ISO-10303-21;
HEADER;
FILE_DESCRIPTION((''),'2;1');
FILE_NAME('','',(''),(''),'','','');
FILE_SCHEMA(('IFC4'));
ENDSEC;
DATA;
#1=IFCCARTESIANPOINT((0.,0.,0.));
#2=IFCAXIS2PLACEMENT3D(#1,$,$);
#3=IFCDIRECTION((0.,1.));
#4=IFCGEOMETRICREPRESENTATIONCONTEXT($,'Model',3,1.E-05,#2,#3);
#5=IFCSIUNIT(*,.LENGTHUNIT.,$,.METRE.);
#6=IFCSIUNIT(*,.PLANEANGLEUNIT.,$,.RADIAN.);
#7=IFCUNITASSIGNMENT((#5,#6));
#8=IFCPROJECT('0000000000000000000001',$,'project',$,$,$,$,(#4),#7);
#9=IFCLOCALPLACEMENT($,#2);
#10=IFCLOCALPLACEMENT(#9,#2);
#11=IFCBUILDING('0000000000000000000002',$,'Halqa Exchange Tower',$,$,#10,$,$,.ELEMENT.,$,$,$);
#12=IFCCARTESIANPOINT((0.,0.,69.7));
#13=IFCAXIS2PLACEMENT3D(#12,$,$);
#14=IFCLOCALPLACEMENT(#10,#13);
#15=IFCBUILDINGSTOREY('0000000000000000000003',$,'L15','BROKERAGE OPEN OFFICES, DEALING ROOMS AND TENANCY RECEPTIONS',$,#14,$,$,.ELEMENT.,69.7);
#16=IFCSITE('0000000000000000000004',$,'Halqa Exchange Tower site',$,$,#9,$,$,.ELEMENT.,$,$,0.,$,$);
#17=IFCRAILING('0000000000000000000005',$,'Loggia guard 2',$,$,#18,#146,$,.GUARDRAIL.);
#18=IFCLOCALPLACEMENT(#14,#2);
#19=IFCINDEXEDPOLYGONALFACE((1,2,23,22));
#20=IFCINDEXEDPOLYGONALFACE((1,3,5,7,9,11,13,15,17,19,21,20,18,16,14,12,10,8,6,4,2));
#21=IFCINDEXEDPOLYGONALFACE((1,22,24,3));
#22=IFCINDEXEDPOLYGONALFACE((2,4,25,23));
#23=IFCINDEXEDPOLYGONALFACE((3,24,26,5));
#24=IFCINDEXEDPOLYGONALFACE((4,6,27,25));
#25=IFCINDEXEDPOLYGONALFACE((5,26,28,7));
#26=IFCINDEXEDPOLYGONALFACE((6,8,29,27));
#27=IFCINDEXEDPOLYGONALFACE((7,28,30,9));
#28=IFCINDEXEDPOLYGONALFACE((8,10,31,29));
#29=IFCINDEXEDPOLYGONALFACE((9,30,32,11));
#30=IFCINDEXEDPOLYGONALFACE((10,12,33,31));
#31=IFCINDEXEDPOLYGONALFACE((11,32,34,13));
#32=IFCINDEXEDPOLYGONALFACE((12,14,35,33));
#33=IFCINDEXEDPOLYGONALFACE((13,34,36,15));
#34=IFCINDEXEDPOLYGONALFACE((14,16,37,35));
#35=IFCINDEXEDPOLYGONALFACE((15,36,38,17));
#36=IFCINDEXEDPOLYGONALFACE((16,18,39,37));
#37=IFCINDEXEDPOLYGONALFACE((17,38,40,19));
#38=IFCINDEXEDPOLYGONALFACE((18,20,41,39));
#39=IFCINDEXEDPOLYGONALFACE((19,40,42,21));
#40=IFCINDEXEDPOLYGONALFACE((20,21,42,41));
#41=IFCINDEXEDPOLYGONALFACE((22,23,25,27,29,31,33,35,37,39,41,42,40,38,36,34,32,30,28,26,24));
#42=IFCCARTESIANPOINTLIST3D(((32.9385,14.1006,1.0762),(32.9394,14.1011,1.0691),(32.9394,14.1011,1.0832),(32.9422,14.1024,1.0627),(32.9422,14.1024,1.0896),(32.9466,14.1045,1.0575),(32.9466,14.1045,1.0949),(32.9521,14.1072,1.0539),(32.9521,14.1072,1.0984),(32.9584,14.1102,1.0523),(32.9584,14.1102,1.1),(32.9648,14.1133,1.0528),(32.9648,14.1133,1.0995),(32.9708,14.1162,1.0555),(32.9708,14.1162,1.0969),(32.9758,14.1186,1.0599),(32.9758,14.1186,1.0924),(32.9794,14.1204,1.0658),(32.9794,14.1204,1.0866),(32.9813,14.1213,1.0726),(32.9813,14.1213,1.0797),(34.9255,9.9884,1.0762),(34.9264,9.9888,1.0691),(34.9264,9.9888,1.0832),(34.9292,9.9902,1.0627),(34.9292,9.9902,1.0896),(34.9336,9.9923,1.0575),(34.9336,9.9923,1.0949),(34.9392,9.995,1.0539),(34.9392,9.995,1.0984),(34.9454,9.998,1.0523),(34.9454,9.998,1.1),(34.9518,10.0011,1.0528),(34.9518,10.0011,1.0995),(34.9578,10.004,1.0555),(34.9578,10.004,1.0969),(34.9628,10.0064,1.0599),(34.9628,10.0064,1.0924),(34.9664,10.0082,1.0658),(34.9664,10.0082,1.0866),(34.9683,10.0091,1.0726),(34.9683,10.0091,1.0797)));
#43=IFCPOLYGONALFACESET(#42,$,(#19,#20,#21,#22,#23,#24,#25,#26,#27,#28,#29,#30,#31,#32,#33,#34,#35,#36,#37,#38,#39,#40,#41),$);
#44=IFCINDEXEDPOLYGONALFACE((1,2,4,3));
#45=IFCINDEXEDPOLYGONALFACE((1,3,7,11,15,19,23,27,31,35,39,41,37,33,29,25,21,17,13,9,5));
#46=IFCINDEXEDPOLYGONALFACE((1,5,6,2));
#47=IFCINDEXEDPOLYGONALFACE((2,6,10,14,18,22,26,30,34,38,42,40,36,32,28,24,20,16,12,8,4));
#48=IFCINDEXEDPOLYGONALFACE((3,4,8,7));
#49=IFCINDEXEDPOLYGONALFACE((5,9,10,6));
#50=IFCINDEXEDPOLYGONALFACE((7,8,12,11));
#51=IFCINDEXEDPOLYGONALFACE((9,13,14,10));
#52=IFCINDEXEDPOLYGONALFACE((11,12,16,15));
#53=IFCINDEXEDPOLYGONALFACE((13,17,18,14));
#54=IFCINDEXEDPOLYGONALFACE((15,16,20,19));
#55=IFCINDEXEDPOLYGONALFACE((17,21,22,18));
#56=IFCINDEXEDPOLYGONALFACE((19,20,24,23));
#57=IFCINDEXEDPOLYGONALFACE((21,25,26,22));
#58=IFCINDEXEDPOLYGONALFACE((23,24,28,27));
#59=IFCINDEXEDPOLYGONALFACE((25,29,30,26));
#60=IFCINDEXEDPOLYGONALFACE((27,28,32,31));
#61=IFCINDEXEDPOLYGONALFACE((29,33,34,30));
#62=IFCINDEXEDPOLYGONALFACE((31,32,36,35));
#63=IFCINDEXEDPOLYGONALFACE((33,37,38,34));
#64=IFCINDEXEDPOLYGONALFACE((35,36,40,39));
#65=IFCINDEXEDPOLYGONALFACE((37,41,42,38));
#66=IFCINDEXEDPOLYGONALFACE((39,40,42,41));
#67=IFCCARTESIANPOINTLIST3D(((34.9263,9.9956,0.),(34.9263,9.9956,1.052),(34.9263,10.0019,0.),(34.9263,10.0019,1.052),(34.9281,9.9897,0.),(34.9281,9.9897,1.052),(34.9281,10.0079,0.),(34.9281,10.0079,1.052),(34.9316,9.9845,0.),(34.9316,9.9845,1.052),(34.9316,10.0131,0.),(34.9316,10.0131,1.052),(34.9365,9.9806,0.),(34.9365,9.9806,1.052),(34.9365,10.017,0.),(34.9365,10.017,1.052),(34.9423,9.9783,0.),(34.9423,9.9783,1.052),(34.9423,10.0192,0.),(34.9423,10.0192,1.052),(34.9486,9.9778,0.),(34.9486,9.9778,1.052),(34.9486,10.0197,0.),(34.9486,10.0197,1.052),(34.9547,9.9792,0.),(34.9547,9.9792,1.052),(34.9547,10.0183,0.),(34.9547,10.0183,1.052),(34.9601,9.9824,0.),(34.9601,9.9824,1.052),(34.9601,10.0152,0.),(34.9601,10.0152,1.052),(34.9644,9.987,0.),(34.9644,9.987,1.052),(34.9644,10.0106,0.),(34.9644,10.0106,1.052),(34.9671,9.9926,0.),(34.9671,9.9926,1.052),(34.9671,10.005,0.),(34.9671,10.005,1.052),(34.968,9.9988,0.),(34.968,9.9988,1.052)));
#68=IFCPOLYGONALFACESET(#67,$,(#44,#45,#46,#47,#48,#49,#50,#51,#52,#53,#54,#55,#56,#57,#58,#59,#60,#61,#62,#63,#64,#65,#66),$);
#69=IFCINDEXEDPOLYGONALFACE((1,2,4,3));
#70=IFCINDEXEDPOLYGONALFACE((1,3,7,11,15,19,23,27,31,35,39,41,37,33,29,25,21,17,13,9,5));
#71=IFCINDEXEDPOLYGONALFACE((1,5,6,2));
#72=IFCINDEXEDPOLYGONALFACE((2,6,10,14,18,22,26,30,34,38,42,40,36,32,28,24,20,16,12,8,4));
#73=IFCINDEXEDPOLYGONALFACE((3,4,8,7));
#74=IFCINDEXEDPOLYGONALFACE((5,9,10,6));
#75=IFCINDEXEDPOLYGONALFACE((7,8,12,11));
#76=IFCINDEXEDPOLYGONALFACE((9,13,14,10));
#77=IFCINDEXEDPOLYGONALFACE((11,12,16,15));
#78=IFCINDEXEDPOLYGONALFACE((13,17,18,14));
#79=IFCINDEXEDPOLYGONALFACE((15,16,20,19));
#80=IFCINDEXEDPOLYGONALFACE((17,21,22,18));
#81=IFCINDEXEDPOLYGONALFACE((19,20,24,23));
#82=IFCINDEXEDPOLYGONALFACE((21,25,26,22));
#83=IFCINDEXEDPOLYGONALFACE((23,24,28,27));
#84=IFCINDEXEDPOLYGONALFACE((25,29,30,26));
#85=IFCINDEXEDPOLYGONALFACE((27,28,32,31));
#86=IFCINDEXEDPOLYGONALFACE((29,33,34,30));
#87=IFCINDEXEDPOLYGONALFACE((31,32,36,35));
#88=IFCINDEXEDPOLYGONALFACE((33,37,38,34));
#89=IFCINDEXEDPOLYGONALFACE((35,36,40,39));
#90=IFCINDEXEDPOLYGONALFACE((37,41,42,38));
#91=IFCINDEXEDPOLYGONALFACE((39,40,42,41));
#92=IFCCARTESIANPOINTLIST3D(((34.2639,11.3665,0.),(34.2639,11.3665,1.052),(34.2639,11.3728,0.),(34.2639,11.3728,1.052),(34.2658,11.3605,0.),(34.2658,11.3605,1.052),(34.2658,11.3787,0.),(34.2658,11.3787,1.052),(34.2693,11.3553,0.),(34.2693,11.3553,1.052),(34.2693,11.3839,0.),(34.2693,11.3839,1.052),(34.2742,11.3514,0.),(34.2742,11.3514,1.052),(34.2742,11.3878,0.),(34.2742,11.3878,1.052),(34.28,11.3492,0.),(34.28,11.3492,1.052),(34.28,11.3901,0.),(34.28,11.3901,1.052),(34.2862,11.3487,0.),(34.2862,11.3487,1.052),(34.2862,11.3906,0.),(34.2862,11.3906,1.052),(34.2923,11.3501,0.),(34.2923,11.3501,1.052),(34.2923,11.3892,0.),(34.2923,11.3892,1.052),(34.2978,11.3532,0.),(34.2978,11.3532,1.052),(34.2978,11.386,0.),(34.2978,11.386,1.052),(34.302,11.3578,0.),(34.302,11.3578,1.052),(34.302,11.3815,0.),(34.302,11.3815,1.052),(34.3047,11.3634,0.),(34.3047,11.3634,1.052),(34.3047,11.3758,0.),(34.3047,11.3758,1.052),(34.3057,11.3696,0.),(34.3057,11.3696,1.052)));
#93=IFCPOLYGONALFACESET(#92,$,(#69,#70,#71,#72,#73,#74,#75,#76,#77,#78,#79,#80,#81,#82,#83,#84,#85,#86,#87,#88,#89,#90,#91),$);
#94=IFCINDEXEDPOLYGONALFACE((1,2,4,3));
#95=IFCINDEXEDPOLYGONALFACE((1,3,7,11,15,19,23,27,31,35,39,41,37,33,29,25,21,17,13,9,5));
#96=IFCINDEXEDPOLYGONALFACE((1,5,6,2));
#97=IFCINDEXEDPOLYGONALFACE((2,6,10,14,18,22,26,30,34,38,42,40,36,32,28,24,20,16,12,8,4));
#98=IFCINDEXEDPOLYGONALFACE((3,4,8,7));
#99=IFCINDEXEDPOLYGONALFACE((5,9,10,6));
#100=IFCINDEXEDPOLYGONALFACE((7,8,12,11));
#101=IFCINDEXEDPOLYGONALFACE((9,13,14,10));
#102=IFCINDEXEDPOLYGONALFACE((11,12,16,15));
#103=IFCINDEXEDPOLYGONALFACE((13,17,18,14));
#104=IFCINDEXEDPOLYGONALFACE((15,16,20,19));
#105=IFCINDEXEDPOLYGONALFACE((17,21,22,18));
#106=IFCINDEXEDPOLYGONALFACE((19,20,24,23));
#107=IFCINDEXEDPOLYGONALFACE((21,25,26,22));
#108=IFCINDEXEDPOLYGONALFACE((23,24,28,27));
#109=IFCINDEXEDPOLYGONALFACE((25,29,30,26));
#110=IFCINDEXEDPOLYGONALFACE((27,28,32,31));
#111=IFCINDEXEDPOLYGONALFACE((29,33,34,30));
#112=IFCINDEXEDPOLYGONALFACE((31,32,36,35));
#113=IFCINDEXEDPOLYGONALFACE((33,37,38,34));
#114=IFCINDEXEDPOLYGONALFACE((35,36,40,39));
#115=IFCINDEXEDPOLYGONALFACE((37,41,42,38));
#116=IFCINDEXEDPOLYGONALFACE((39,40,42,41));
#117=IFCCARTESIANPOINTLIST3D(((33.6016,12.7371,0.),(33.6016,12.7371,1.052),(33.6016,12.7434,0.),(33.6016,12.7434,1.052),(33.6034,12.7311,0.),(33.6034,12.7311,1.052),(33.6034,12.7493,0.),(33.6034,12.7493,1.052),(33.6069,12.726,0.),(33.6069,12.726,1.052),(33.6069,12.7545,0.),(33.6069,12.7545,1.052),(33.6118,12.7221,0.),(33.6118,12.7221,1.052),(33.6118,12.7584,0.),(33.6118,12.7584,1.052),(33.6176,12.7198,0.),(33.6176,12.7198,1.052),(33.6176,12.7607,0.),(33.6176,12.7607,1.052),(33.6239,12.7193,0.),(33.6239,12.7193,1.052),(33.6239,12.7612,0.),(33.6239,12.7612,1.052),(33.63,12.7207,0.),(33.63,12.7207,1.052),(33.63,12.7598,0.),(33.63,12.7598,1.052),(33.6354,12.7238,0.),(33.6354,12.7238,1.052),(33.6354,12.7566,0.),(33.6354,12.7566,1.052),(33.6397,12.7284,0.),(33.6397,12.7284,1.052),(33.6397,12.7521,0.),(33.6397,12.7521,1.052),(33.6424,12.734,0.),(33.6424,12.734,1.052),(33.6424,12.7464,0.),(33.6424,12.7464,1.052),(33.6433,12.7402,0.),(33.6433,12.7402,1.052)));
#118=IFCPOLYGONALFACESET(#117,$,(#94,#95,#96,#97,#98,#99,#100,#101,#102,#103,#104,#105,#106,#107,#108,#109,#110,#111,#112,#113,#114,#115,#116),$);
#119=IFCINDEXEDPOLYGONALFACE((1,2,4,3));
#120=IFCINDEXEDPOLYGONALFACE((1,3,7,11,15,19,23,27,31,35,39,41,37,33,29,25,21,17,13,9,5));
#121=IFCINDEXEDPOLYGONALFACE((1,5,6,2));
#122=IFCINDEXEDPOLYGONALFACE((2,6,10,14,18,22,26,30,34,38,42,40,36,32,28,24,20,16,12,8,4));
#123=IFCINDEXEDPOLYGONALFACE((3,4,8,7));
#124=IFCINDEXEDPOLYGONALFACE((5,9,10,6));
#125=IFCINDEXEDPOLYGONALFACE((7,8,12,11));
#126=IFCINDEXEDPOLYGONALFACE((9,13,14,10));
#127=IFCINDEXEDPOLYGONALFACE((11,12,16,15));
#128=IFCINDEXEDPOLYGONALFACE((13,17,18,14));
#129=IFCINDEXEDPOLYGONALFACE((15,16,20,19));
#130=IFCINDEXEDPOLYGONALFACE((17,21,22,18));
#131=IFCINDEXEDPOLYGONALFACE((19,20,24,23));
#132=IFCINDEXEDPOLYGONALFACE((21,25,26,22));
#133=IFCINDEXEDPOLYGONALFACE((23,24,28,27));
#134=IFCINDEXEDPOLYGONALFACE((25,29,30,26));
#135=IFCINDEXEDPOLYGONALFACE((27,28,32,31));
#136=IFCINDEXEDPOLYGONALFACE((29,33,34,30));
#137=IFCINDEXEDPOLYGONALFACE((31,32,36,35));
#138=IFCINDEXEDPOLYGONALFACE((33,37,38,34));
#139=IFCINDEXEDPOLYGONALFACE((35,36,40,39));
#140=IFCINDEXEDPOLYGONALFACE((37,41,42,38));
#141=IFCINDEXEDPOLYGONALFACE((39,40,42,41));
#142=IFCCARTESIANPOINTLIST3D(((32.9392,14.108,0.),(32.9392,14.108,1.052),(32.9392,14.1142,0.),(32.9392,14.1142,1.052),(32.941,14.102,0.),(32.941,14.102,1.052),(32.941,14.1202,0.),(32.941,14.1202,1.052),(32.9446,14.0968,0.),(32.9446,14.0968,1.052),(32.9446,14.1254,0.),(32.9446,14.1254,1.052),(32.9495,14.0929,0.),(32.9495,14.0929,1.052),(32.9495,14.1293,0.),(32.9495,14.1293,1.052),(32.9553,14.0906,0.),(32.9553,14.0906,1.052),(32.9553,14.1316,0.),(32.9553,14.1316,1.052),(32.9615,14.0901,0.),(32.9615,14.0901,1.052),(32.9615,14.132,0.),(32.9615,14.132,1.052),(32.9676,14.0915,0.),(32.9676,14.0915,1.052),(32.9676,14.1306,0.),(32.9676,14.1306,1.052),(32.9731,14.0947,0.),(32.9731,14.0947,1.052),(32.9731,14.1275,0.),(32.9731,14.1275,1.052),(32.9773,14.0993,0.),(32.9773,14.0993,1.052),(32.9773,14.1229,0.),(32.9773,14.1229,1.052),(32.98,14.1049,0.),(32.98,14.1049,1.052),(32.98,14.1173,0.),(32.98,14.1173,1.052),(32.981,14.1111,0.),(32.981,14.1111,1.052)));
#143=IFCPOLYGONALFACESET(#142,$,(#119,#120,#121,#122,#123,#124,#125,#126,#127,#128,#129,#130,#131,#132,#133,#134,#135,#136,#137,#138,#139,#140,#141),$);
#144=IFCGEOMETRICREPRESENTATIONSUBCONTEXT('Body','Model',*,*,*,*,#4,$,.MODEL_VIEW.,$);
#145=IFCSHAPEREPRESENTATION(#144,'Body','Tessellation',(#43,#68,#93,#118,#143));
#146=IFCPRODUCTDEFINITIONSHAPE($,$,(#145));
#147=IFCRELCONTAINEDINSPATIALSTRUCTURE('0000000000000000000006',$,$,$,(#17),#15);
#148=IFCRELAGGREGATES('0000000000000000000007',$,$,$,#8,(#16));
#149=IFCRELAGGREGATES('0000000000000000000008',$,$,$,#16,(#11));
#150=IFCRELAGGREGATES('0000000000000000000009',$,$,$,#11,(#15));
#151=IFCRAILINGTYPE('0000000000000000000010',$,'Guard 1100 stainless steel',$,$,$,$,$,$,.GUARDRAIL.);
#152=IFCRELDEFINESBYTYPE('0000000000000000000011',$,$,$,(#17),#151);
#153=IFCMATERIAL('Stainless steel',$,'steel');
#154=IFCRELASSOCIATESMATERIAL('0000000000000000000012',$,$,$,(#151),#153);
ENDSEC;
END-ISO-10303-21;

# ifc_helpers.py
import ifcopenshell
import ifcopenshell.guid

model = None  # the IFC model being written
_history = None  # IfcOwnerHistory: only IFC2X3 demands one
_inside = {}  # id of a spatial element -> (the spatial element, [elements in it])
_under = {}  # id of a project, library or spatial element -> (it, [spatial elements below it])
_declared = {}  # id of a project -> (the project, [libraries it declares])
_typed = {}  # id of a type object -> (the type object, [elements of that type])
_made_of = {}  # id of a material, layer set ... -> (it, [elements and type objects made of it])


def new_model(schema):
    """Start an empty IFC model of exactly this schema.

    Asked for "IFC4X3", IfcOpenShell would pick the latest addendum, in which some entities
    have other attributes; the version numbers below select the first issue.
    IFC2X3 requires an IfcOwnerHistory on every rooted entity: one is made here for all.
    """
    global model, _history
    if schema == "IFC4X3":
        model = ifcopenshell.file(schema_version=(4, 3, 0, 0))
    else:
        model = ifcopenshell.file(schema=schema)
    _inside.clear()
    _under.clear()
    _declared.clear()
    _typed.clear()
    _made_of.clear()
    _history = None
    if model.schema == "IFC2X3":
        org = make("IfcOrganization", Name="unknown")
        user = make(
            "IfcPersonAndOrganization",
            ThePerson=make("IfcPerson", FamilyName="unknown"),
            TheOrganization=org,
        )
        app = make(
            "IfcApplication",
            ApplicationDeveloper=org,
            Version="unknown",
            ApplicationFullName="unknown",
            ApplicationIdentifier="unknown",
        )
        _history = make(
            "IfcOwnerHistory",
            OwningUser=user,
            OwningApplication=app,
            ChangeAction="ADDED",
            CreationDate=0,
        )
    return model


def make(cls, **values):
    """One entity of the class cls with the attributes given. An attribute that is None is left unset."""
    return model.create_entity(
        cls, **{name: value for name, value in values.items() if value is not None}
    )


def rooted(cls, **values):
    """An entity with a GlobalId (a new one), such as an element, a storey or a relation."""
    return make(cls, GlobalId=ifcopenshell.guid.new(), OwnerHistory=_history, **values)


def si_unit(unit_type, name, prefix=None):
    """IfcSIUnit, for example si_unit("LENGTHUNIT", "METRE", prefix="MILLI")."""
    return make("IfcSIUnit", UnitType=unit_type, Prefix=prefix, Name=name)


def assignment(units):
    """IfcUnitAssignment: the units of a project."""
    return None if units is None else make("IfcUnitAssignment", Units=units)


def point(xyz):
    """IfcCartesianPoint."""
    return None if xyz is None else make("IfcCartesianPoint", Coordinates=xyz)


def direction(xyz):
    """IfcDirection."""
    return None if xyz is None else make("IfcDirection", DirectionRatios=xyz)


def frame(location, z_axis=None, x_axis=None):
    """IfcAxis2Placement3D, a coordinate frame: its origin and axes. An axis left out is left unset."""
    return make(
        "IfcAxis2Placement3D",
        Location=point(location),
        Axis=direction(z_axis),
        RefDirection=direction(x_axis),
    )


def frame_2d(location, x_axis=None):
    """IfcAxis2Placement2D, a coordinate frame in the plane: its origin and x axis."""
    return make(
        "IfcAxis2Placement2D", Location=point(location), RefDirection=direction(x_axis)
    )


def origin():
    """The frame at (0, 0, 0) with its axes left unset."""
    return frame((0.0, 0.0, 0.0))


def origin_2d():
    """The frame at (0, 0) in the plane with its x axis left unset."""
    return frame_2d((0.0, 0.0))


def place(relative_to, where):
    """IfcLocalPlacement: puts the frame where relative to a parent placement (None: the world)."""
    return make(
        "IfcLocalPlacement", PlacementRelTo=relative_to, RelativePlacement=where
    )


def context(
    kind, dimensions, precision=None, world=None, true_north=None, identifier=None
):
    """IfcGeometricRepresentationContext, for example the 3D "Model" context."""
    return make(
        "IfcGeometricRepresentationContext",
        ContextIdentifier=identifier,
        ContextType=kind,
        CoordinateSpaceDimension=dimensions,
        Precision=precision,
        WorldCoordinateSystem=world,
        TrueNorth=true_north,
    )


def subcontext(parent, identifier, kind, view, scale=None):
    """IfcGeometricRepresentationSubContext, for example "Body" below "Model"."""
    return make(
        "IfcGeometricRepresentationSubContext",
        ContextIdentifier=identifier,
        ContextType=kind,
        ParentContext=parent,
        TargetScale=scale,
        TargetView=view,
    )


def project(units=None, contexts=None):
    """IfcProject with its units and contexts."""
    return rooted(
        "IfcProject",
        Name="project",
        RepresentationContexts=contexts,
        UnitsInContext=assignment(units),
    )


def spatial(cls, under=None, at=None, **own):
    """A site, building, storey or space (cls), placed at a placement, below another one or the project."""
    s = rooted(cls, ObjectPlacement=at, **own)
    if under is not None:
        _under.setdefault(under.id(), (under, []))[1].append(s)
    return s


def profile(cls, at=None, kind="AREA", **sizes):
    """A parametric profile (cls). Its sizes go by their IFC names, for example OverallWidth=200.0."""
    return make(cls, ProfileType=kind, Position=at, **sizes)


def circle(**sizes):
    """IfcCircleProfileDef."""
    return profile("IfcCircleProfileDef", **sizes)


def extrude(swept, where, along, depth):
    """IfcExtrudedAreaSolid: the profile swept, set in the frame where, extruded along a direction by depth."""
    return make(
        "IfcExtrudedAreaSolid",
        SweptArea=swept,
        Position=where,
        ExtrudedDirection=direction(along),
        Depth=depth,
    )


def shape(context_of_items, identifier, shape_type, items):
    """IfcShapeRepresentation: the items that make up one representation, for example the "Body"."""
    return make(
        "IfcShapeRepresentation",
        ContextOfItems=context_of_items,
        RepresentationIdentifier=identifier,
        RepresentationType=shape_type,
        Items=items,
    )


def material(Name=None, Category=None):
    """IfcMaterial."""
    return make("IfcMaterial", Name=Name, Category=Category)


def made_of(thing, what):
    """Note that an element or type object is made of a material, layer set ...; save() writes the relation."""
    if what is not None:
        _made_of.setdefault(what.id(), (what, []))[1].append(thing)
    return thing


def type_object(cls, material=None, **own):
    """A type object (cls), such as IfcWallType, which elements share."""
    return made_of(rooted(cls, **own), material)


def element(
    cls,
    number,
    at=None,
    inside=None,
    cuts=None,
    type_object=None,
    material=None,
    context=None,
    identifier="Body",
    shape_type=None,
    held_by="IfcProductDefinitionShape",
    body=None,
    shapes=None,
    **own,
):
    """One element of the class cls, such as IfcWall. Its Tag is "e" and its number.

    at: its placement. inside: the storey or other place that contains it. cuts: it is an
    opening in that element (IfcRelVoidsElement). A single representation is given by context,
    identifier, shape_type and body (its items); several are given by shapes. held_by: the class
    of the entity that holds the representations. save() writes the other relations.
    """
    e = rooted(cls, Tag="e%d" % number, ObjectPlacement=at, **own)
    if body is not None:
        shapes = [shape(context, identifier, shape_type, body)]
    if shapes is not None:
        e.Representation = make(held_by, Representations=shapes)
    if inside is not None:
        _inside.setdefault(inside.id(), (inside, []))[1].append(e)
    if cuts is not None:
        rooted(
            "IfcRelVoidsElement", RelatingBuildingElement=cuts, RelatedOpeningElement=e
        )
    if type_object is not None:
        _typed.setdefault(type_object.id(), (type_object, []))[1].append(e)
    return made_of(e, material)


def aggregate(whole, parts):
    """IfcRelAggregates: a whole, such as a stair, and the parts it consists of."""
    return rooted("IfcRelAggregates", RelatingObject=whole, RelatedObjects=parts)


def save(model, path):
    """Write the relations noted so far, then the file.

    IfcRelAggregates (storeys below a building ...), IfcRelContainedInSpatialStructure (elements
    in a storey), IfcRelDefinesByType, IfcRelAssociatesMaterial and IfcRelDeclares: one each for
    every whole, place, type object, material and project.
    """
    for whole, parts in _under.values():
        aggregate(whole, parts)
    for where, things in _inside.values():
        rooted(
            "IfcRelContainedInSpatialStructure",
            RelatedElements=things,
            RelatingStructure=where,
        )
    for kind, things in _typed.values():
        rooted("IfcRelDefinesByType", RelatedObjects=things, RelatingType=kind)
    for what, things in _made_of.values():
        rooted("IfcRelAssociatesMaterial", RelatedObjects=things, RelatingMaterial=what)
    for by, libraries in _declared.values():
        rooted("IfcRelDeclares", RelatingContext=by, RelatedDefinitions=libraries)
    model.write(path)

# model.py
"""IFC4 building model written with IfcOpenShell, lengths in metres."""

from ifc_helpers import new_model, si_unit, direction, frame, origin, origin_2d, place, context, subcontext, project, spatial, circle, extrude, material, type_object, element, save


model = new_model("IFC4")

# Units and contexts
model_context = context("Model", 3, precision=1e-05, world=origin(), true_north=direction((0.0, 1.0)))
body_context = subcontext(model_context, "Body", "Model", "MODEL_VIEW")
ifc_project = project(units=[si_unit("LENGTHUNIT", "METRE"), si_unit("PLANEANGLEUNIT", "RADIAN")], contexts=[model_context])

# Site, building, storey
site_placement = place(None, origin())
site = spatial("IfcSite", under=ifc_project, at=site_placement, Name="Halqa Exchange Tower site", CompositionType="ELEMENT", RefElevation=0.0)
building_placement = place(site_placement, origin())
building = spatial("IfcBuilding", under=site, at=building_placement, Name="Halqa Exchange Tower", CompositionType="ELEMENT")
storey_placement = place(building_placement, frame((0.0, 0.0, 69.7)))
storey = spatial("IfcBuildingStorey", under=building, at=storey_placement, Name="L15", Description="BROKERAGE OPEN OFFICES, DEALING ROOMS AND TENANCY RECEPTIONS", CompositionType="ELEMENT", Elevation=69.7)

# Railing
ifc_material_1 = material(Name="Stainless steel", Category="steel")
railing_type = type_object("IfcRailingType", Name="Guard 1100 stainless steel", PredefinedType="GUARDRAIL", material=ifc_material_1)
railing_1_placement = place(storey_placement, frame((34.947, 9.9988, 0.0)))
element("IfcRailing", 1, at=railing_1_placement, inside=storey, type_object=railing_type, Name="Loggia guard 2", PredefinedType="GUARDRAIL", context=body_context, shape_type="SweptSolid", body=[
    extrude(circle(Radius=0.0239, at=origin_2d()), frame((0.0, 0.0, 1.0762), z_axis=(-0.43507, 0.900396, 0.0), x_axis=(-0.900396, -0.43507, 0.0)), (0.0, 0.0, 1.0), 4.5671),
    extrude(circle(Radius=0.021, at=origin_2d()), origin(), (0.0, 0.0, 1.0), 1.052),
    extrude(circle(Radius=0.021, at=origin_2d()), frame((-0.6624, 1.3708, 0.0)), (0.0, 0.0, 1.0), 1.052),
    extrude(circle(Radius=0.021, at=origin_2d()), frame((-1.3247, 2.7415, 0.0)), (0.0, 0.0, 1.0), 1.052),
    extrude(circle(Radius=0.021, at=origin_2d()), frame((-1.9871, 4.1123, 0.0)), (0.0, 0.0, 1.0), 1.052),
])

save(model, "model.ifc")
